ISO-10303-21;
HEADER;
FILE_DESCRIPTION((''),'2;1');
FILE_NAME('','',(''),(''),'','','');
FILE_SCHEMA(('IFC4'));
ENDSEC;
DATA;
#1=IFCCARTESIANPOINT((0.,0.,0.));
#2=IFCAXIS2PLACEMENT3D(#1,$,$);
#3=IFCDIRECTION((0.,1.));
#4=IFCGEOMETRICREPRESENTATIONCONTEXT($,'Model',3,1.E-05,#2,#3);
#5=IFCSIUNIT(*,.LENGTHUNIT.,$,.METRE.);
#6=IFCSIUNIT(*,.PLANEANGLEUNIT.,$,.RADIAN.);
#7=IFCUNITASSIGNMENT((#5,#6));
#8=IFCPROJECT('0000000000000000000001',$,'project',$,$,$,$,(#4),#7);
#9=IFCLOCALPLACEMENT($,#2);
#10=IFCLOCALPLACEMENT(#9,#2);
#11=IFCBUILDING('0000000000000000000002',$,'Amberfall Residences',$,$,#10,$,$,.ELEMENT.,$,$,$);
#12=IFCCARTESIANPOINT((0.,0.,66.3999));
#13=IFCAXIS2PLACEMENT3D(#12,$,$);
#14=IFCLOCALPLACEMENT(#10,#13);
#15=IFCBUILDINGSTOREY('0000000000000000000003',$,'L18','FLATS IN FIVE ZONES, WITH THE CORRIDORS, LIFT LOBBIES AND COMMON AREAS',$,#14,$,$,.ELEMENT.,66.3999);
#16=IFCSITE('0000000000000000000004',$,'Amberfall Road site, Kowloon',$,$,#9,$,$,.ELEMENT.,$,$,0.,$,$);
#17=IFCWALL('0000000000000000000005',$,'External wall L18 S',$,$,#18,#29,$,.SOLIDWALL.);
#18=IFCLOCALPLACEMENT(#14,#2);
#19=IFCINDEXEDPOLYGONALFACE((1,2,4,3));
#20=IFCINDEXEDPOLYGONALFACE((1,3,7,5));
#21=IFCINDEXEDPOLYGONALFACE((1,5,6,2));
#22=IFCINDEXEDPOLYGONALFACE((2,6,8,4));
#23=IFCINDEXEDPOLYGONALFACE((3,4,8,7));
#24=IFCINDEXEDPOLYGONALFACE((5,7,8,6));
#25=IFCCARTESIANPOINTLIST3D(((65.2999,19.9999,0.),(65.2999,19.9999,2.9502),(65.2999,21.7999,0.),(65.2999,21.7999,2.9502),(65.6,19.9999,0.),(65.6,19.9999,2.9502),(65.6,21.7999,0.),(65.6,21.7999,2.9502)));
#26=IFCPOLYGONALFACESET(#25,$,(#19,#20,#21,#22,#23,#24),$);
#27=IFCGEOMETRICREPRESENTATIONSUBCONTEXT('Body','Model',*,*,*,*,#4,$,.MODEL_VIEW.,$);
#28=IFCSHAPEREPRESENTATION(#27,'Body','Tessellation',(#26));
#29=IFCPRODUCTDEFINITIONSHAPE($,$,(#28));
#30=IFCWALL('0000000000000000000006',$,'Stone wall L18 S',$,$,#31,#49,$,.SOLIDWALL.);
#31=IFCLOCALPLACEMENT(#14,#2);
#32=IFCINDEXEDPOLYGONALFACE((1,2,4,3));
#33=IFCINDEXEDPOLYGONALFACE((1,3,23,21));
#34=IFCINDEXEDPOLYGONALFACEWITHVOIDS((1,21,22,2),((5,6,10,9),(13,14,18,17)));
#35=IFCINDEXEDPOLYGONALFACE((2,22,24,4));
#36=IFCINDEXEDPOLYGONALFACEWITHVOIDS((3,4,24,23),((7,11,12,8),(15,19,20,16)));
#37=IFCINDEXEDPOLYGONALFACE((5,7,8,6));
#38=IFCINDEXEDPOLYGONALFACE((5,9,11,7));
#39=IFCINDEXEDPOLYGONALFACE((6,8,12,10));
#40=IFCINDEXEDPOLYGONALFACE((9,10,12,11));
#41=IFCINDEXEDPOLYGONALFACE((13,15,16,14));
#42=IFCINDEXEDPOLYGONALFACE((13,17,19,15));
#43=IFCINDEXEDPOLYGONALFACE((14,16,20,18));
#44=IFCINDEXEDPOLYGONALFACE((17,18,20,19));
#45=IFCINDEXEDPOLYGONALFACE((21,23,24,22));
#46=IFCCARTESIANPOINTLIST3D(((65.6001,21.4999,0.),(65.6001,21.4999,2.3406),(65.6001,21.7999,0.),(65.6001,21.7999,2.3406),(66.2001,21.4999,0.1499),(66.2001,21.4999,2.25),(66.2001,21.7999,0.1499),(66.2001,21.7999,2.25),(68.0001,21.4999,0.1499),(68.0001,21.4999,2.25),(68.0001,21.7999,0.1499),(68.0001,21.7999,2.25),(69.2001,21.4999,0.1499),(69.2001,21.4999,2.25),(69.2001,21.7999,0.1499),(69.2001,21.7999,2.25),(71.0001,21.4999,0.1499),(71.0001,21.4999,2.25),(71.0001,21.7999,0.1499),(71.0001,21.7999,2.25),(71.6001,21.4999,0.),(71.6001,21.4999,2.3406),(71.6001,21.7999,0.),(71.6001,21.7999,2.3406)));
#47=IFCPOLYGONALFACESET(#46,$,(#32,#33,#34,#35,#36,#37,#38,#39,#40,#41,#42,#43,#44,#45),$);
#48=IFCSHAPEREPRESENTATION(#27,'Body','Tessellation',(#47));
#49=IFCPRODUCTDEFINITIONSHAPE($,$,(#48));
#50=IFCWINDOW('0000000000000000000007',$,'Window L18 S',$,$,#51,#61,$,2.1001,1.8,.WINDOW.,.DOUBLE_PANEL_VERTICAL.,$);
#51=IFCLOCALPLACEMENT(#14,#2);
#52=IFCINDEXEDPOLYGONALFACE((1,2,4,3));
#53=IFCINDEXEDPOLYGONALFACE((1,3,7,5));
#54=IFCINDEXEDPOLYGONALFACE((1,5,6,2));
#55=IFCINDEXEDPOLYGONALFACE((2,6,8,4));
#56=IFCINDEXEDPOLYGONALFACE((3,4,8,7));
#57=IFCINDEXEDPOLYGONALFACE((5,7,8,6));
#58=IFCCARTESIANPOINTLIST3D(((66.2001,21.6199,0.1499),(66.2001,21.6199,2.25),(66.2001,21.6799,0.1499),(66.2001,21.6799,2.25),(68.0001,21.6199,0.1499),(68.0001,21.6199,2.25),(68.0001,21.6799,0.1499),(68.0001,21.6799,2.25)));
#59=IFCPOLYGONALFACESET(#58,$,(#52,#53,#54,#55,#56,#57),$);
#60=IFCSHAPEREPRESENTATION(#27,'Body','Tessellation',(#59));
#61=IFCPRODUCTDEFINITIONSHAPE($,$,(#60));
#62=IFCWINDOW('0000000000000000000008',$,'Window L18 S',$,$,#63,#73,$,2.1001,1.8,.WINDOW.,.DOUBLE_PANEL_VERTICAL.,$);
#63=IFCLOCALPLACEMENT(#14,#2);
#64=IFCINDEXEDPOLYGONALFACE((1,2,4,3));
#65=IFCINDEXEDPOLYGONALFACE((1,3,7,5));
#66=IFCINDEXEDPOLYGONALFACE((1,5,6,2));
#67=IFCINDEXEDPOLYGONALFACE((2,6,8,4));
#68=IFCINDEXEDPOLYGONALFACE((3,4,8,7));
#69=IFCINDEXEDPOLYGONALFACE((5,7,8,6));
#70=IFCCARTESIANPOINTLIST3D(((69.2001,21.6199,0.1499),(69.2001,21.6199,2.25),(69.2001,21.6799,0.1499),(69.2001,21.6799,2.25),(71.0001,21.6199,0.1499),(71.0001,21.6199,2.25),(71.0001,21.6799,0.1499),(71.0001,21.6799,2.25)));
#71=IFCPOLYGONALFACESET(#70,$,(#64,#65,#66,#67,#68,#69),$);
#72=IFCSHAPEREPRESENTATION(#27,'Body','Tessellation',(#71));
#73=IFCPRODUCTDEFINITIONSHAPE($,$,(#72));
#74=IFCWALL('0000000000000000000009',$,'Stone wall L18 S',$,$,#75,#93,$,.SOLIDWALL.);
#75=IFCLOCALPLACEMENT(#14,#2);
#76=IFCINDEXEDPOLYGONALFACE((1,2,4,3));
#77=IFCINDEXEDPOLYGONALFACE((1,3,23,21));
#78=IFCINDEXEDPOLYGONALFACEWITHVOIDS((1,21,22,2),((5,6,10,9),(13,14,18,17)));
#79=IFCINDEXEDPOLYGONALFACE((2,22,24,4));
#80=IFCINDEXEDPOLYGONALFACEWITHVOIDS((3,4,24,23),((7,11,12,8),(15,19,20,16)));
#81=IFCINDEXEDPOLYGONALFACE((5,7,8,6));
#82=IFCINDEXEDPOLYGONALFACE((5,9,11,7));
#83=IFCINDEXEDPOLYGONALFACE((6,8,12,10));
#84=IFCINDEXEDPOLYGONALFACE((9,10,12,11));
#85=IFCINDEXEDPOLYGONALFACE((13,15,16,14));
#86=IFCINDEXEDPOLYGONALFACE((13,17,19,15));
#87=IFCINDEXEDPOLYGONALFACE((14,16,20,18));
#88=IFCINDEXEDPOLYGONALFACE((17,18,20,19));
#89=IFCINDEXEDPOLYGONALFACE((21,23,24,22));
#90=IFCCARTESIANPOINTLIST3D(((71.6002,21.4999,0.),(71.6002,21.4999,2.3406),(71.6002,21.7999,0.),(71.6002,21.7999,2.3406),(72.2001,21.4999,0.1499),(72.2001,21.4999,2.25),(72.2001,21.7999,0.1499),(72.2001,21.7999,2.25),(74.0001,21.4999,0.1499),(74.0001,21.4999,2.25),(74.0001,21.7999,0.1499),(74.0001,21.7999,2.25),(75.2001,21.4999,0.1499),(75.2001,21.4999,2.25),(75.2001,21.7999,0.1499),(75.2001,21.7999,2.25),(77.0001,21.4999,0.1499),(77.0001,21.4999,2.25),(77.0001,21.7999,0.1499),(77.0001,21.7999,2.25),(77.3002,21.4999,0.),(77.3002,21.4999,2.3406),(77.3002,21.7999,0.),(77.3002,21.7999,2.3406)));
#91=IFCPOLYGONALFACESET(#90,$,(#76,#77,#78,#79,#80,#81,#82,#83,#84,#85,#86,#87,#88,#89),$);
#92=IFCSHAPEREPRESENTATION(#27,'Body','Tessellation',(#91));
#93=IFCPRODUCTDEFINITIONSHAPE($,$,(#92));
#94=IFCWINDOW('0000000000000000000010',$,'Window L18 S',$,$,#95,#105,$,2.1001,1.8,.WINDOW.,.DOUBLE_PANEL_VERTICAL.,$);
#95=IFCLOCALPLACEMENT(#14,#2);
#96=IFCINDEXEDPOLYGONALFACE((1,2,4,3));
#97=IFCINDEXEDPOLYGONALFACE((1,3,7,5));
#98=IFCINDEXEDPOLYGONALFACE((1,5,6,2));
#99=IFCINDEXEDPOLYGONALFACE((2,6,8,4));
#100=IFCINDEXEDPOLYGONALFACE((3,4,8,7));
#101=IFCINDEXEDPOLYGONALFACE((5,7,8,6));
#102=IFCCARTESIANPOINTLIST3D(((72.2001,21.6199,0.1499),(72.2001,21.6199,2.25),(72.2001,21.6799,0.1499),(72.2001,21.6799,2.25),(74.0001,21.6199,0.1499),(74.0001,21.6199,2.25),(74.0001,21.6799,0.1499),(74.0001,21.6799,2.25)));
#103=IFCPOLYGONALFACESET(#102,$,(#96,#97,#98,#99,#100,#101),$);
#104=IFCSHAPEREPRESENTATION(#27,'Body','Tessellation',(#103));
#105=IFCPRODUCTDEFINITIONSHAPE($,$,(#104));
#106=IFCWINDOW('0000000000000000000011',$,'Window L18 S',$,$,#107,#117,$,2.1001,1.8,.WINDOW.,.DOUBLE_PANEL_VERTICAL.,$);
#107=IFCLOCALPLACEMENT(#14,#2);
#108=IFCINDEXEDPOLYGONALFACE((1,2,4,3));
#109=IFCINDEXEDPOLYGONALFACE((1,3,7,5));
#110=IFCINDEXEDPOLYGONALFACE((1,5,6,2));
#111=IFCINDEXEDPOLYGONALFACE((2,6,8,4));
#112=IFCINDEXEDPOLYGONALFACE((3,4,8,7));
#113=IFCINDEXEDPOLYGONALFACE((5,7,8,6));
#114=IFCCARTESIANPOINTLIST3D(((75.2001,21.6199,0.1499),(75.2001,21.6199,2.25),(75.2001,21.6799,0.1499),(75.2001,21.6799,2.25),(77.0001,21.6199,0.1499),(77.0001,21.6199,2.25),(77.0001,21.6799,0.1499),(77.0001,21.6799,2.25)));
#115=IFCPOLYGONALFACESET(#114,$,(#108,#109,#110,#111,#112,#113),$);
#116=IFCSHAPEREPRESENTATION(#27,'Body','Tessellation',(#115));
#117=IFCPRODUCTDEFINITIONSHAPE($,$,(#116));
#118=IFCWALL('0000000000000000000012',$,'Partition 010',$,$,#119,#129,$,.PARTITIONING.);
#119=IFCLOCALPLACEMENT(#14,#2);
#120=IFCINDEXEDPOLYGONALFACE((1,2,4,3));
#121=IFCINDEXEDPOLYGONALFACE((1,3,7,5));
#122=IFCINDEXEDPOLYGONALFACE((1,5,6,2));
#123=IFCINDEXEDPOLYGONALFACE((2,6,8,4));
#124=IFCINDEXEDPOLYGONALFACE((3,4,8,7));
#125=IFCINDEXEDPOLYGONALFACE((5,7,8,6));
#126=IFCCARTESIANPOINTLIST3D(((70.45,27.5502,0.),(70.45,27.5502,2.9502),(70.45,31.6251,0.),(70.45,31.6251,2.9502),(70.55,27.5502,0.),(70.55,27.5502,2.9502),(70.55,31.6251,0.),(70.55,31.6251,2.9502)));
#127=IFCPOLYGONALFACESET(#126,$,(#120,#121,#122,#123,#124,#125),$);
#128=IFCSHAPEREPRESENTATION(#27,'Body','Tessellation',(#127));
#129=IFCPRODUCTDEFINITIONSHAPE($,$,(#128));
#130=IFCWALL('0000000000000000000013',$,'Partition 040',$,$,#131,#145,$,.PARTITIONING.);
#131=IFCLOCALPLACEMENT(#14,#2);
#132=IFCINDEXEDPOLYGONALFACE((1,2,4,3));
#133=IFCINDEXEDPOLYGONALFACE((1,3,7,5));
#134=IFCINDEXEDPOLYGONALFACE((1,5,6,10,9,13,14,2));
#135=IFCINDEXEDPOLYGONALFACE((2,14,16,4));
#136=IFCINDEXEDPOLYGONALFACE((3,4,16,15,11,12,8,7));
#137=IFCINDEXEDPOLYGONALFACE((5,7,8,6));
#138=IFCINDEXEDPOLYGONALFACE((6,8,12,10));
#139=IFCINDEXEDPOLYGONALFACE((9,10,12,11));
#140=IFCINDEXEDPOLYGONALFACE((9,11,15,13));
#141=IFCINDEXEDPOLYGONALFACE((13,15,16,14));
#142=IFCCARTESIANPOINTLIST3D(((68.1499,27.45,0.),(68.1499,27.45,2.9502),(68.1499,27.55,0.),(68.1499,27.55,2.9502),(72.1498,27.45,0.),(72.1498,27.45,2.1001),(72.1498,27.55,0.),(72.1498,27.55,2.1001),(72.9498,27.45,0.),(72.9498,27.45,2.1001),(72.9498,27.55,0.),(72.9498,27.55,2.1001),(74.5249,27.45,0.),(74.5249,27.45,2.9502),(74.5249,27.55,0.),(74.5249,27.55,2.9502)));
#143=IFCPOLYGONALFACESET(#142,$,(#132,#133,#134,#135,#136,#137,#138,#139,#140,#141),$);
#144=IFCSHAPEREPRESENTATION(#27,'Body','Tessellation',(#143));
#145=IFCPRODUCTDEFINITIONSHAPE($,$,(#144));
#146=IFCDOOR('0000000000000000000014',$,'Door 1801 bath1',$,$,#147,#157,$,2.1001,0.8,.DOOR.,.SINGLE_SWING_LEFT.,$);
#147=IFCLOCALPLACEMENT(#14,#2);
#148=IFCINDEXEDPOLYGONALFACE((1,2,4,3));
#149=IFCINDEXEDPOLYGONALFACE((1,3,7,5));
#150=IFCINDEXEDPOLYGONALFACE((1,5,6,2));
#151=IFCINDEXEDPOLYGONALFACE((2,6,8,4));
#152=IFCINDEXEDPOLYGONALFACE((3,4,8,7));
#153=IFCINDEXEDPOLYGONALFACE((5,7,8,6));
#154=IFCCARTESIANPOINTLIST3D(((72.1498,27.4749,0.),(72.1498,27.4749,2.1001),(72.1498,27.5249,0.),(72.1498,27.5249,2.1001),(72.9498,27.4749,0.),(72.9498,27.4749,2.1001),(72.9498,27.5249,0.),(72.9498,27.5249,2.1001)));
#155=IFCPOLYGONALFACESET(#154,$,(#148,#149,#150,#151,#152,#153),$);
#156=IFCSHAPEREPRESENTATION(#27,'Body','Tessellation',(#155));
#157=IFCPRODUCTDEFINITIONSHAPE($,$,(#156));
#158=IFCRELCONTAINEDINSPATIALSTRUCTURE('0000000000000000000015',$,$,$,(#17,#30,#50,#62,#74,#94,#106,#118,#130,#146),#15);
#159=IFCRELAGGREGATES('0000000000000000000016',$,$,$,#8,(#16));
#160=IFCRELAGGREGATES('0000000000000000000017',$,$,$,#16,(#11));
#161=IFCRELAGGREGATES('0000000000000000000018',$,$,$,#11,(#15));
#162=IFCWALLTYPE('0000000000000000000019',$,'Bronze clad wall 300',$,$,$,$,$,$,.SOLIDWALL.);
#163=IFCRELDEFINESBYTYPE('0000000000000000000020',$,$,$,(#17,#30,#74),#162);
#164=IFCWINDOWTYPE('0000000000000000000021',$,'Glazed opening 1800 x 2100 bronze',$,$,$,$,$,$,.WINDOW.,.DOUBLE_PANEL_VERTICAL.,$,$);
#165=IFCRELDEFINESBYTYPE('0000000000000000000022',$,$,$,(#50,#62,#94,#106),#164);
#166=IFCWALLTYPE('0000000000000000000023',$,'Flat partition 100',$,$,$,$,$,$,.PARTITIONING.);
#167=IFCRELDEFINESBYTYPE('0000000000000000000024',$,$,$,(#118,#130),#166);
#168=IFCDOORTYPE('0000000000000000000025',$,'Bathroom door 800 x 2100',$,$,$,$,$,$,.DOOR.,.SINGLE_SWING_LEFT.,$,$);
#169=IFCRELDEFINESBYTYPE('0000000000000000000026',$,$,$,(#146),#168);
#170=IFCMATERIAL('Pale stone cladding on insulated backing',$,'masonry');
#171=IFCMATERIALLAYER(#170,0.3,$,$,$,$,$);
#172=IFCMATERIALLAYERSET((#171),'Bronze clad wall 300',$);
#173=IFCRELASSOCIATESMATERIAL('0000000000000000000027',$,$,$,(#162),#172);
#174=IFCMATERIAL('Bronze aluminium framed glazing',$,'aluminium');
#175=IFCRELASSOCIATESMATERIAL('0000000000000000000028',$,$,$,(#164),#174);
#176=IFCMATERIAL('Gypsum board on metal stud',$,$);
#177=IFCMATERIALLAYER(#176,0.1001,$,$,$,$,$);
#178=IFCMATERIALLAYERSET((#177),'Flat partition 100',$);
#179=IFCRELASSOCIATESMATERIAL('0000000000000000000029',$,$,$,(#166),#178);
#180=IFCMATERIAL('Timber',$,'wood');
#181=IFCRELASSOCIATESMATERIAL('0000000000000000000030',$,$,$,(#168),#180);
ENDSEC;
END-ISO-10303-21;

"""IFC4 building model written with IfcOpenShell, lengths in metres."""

from ifc_helpers import new_model, si_unit, direction, frame, frame_2d, origin, place, context, subcontext, project, spatial, rectangle, extrude, material, layer, layer_set, type_object, element, fill, save


model = new_model("IFC4")

# Units and contexts
model_context = context("Model", 3, precision=1e-05, world=origin(), true_north=direction((0.0, 1.0)))
body_context = subcontext(model_context, "Body", "Model", "MODEL_VIEW")
ifc_project = project(units=[si_unit("LENGTHUNIT", "METRE"), si_unit("PLANEANGLEUNIT", "RADIAN")], contexts=[model_context])

# Site, building, storey
site_placement = place(None, origin())
site = spatial("IfcSite", under=ifc_project, at=site_placement, Name="Amberfall Road site, Kowloon", CompositionType="ELEMENT", RefElevation=0.0)
building_placement = place(site_placement, origin())
building = spatial("IfcBuilding", under=site, at=building_placement, Name="Amberfall Residences", CompositionType="ELEMENT")
storey_placement = place(building_placement, frame((0.0, 0.0, 66.3999)))
storey = spatial("IfcBuildingStorey", under=building, at=storey_placement, Name="L18", Description="FLATS IN FIVE ZONES, WITH THE CORRIDORS, LIFT LOBBIES AND COMMON AREAS", CompositionType="ELEMENT", Elevation=66.3999)

# Wall
ifc_material_1 = material(Name="Pale stone cladding on insulated backing", Category="masonry")
ifc_layer_1 = layer(ifc_material_1, 0.3)
ifc_layer_set_1 = layer_set([ifc_layer_1], Name="Bronze clad wall 300")
wall_type_1 = type_object("IfcWallType", Name="Bronze clad wall 300", PredefinedType="SOLIDWALL", material=ifc_layer_set_1)
wall_1_placement = place(storey_placement, frame((65.45, 20.0, 0.0), z_axis=(0.0, 0.0, 1.0), x_axis=(0.0, 1.0, 0.0)))
element("IfcWall", 1, at=wall_1_placement, inside=storey, type_object=wall_type_1, Name="External wall L18 S", PredefinedType="SOLIDWALL", context=body_context, shape_type="SweptSolid", body=[
    extrude(rectangle(XDim=1.8, YDim=0.3, at=frame_2d((0.8999, 0.0))), origin(), (0.0, 0.0, 1.0), 2.9502),
])

# Walls, openings, windows
wall_2_placement = place(storey_placement, frame((65.6001, 21.6499, 0.0), z_axis=(0.0, 0.0, 1.0), x_axis=(1.0, 0.0, 0.0)))
wall_2 = element("IfcWall", 2, at=wall_2_placement, inside=storey, type_object=wall_type_1, Name="Stone wall L18 S", PredefinedType="SOLIDWALL", context=body_context, shape_type="SweptSolid", body=[
    extrude(rectangle(XDim=6.0, YDim=0.3, at=frame_2d((3.0, 0.0))), origin(), (0.0, 0.0, 1.0), 2.3406),
])
opening_1_placement = place(wall_2_placement, frame((0.6001, 0.0, 0.1499)))
opening_1 = element("IfcOpeningElement", 3, at=opening_1_placement, cuts=wall_2, PredefinedType="OPENING", context=body_context, shape_type="SweptSolid", body=[
    extrude(rectangle(XDim=1.8, YDim=2.1001, at=frame_2d((0.8999, 1.05))), frame((0.0, 0.1599, 0.0), z_axis=(0.0, -1.0, 0.0), x_axis=(1.0, 0.0, 0.0)), (0.0, 0.0, 1.0), 0.3201),
])
opening_2_placement = place(wall_2_placement, frame((3.6001, 0.0, 0.1499)))
opening_2 = element("IfcOpeningElement", 4, at=opening_2_placement, cuts=wall_2, PredefinedType="OPENING", context=body_context, shape_type="SweptSolid", body=[
    extrude(rectangle(XDim=1.8, YDim=2.1001, at=frame_2d((0.8999, 1.05))), frame((0.0, 0.1599, 0.0), z_axis=(0.0, -1.0, 0.0), x_axis=(1.0, 0.0, 0.0)), (0.0, 0.0, 1.0), 0.3201),
])
ifc_material_2 = material(Name="Bronze aluminium framed glazing", Category="aluminium")
window_type = type_object("IfcWindowType", Name="Glazed opening 1800 x 2100 bronze", PartitioningType="DOUBLE_PANEL_VERTICAL", PredefinedType="WINDOW", material=ifc_material_2)
window_1_placement = place(opening_1_placement, origin())
window_1 = element("IfcWindow", 5, at=window_1_placement, inside=storey, type_object=window_type, Name="Window L18 S", OverallHeight=2.1001, OverallWidth=1.8, PartitioningType="DOUBLE_PANEL_VERTICAL", PredefinedType="WINDOW", context=body_context, shape_type="SweptSolid", body=[
    extrude(rectangle(XDim=1.8, YDim=2.1001, at=frame_2d((0.8999, 1.05))), frame((0.0, 0.03, 0.0), z_axis=(0.0, -1.0, 0.0), x_axis=(1.0, 0.0, 0.0)), (0.0, 0.0, 1.0), 0.0601),
])
fill(opening_1, window_1)
window_2_placement = place(opening_2_placement, origin())
window_2 = element("IfcWindow", 6, at=window_2_placement, inside=storey, type_object=window_type, Name="Window L18 S", OverallHeight=2.1001, OverallWidth=1.8, PartitioningType="DOUBLE_PANEL_VERTICAL", PredefinedType="WINDOW", context=body_context, shape_type="SweptSolid", body=[
    extrude(rectangle(XDim=1.8, YDim=2.1001, at=frame_2d((0.8999, 1.05))), frame((0.0, 0.03, 0.0), z_axis=(0.0, -1.0, 0.0), x_axis=(1.0, 0.0, 0.0)), (0.0, 0.0, 1.0), 0.0601),
])
fill(opening_2, window_2)
wall_3_placement = place(storey_placement, frame((71.6001, 21.6499, 0.0), z_axis=(0.0, 0.0, 1.0), x_axis=(1.0, 0.0, 0.0)))
wall_3 = element("IfcWall", 7, at=wall_3_placement, inside=storey, type_object=wall_type_1, Name="Stone wall L18 S", PredefinedType="SOLIDWALL", context=body_context, shape_type="SweptSolid", body=[
    extrude(rectangle(XDim=5.7, YDim=0.3, at=frame_2d((2.8501, 0.0))), origin(), (0.0, 0.0, 1.0), 2.3406),
])
opening_3_placement = place(wall_3_placement, frame((0.6001, 0.0, 0.1499)))
opening_3 = element("IfcOpeningElement", 8, at=opening_3_placement, cuts=wall_3, PredefinedType="OPENING", context=body_context, shape_type="SweptSolid", body=[
    extrude(rectangle(XDim=1.8, YDim=2.1001, at=frame_2d((0.8999, 1.05))), frame((0.0, 0.1599, 0.0), z_axis=(0.0, -1.0, 0.0), x_axis=(1.0, 0.0, 0.0)), (0.0, 0.0, 1.0), 0.3201),
])
opening_4_placement = place(wall_3_placement, frame((3.6001, 0.0, 0.1499)))
opening_4 = element("IfcOpeningElement", 9, at=opening_4_placement, cuts=wall_3, PredefinedType="OPENING", context=body_context, shape_type="SweptSolid", body=[
    extrude(rectangle(XDim=1.8, YDim=2.1001, at=frame_2d((0.8999, 1.05))), frame((0.0, 0.1599, 0.0), z_axis=(0.0, -1.0, 0.0), x_axis=(1.0, 0.0, 0.0)), (0.0, 0.0, 1.0), 0.3201),
])
window_3_placement = place(opening_3_placement, origin())
window_3 = element("IfcWindow", 10, at=window_3_placement, inside=storey, type_object=window_type, Name="Window L18 S", OverallHeight=2.1001, OverallWidth=1.8, PartitioningType="DOUBLE_PANEL_VERTICAL", PredefinedType="WINDOW", context=body_context, shape_type="SweptSolid", body=[
    extrude(rectangle(XDim=1.8, YDim=2.1001, at=frame_2d((0.8999, 1.05))), frame((0.0, 0.03, 0.0), z_axis=(0.0, -1.0, 0.0), x_axis=(1.0, 0.0, 0.0)), (0.0, 0.0, 1.0), 0.0601),
])
fill(opening_3, window_3)
window_4_placement = place(opening_4_placement, origin())
window_4 = element("IfcWindow", 11, at=window_4_placement, inside=storey, type_object=window_type, Name="Window L18 S", OverallHeight=2.1001, OverallWidth=1.8, PartitioningType="DOUBLE_PANEL_VERTICAL", PredefinedType="WINDOW", context=body_context, shape_type="SweptSolid", body=[
    extrude(rectangle(XDim=1.8, YDim=2.1001, at=frame_2d((0.8999, 1.05))), frame((0.0, 0.03, 0.0), z_axis=(0.0, -1.0, 0.0), x_axis=(1.0, 0.0, 0.0)), (0.0, 0.0, 1.0), 0.0601),
])
fill(opening_4, window_4)

# Wall
ifc_material_3 = material(Name="Gypsum board on metal stud")
ifc_layer_2 = layer(ifc_material_3, 0.1001)
ifc_layer_set_2 = layer_set([ifc_layer_2], Name="Flat partition 100")
wall_type_2 = type_object("IfcWallType", Name="Flat partition 100", PredefinedType="PARTITIONING", material=ifc_layer_set_2)
wall_4_placement = place(storey_placement, frame((70.5, 27.55, 0.0), z_axis=(0.0, 0.0, 1.0), x_axis=(0.0, 1.0, 0.0)))
element("IfcWall", 12, at=wall_4_placement, inside=storey, type_object=wall_type_2, Name="Partition 010", PredefinedType="PARTITIONING", context=body_context, shape_type="SweptSolid", body=[
    extrude(rectangle(XDim=4.075, YDim=0.1001, at=frame_2d((2.0376, 0.0))), origin(), (0.0, 0.0, 1.0), 2.9502),
])

# Wall, opening, door
wall_5_placement = place(storey_placement, frame((68.1499, 27.5, 0.0), z_axis=(0.0, 0.0, 1.0), x_axis=(1.0, 0.0, 0.0)))
wall_5 = element("IfcWall", 13, at=wall_5_placement, inside=storey, type_object=wall_type_2, Name="Partition 040", PredefinedType="PARTITIONING", context=body_context, shape_type="SweptSolid", body=[
    extrude(rectangle(XDim=6.375, YDim=0.1001, at=frame_2d((3.1875, 0.0))), origin(), (0.0, 0.0, 1.0), 2.9502),
])
opening_5_placement = place(wall_5_placement, frame((4.0, 0.0, 0.0)))
opening_5 = element("IfcOpeningElement", 14, at=opening_5_placement, cuts=wall_5, PredefinedType="OPENING", context=body_context, shape_type="SweptSolid", body=[
    extrude(rectangle(XDim=0.8, YDim=2.1001, at=frame_2d((0.3999, 1.05))), frame((0.0, 0.0601, 0.0), z_axis=(0.0, -1.0, 0.0), x_axis=(1.0, 0.0, 0.0)), (0.0, 0.0, 1.0), 0.1201),
])
ifc_material_4 = material(Name="Timber", Category="wood")
door_type_1 = type_object("IfcDoorType", Name="Bathroom door 800 x 2100", OperationType="SINGLE_SWING_LEFT", PredefinedType="DOOR", material=ifc_material_4)
door_1_placement = place(opening_5_placement, origin())
door_1 = element("IfcDoor", 15, at=door_1_placement, inside=storey, type_object=door_type_1, Name="Door 1801 bath1", OperationType="SINGLE_SWING_LEFT", OverallHeight=2.1001, OverallWidth=0.8, PredefinedType="DOOR", context=body_context, shape_type="SweptSolid", body=[
    extrude(rectangle(XDim=0.8, YDim=2.1001, at=frame_2d((0.3999, 1.05))), frame((0.0, 0.0249, 0.0), z_axis=(0.0, -1.0, 0.0), x_axis=(1.0, 0.0, 0.0)), (0.0, 0.0, 1.0), 0.05),
])
fill(opening_5, door_1)

save(model, "model.ifc")
